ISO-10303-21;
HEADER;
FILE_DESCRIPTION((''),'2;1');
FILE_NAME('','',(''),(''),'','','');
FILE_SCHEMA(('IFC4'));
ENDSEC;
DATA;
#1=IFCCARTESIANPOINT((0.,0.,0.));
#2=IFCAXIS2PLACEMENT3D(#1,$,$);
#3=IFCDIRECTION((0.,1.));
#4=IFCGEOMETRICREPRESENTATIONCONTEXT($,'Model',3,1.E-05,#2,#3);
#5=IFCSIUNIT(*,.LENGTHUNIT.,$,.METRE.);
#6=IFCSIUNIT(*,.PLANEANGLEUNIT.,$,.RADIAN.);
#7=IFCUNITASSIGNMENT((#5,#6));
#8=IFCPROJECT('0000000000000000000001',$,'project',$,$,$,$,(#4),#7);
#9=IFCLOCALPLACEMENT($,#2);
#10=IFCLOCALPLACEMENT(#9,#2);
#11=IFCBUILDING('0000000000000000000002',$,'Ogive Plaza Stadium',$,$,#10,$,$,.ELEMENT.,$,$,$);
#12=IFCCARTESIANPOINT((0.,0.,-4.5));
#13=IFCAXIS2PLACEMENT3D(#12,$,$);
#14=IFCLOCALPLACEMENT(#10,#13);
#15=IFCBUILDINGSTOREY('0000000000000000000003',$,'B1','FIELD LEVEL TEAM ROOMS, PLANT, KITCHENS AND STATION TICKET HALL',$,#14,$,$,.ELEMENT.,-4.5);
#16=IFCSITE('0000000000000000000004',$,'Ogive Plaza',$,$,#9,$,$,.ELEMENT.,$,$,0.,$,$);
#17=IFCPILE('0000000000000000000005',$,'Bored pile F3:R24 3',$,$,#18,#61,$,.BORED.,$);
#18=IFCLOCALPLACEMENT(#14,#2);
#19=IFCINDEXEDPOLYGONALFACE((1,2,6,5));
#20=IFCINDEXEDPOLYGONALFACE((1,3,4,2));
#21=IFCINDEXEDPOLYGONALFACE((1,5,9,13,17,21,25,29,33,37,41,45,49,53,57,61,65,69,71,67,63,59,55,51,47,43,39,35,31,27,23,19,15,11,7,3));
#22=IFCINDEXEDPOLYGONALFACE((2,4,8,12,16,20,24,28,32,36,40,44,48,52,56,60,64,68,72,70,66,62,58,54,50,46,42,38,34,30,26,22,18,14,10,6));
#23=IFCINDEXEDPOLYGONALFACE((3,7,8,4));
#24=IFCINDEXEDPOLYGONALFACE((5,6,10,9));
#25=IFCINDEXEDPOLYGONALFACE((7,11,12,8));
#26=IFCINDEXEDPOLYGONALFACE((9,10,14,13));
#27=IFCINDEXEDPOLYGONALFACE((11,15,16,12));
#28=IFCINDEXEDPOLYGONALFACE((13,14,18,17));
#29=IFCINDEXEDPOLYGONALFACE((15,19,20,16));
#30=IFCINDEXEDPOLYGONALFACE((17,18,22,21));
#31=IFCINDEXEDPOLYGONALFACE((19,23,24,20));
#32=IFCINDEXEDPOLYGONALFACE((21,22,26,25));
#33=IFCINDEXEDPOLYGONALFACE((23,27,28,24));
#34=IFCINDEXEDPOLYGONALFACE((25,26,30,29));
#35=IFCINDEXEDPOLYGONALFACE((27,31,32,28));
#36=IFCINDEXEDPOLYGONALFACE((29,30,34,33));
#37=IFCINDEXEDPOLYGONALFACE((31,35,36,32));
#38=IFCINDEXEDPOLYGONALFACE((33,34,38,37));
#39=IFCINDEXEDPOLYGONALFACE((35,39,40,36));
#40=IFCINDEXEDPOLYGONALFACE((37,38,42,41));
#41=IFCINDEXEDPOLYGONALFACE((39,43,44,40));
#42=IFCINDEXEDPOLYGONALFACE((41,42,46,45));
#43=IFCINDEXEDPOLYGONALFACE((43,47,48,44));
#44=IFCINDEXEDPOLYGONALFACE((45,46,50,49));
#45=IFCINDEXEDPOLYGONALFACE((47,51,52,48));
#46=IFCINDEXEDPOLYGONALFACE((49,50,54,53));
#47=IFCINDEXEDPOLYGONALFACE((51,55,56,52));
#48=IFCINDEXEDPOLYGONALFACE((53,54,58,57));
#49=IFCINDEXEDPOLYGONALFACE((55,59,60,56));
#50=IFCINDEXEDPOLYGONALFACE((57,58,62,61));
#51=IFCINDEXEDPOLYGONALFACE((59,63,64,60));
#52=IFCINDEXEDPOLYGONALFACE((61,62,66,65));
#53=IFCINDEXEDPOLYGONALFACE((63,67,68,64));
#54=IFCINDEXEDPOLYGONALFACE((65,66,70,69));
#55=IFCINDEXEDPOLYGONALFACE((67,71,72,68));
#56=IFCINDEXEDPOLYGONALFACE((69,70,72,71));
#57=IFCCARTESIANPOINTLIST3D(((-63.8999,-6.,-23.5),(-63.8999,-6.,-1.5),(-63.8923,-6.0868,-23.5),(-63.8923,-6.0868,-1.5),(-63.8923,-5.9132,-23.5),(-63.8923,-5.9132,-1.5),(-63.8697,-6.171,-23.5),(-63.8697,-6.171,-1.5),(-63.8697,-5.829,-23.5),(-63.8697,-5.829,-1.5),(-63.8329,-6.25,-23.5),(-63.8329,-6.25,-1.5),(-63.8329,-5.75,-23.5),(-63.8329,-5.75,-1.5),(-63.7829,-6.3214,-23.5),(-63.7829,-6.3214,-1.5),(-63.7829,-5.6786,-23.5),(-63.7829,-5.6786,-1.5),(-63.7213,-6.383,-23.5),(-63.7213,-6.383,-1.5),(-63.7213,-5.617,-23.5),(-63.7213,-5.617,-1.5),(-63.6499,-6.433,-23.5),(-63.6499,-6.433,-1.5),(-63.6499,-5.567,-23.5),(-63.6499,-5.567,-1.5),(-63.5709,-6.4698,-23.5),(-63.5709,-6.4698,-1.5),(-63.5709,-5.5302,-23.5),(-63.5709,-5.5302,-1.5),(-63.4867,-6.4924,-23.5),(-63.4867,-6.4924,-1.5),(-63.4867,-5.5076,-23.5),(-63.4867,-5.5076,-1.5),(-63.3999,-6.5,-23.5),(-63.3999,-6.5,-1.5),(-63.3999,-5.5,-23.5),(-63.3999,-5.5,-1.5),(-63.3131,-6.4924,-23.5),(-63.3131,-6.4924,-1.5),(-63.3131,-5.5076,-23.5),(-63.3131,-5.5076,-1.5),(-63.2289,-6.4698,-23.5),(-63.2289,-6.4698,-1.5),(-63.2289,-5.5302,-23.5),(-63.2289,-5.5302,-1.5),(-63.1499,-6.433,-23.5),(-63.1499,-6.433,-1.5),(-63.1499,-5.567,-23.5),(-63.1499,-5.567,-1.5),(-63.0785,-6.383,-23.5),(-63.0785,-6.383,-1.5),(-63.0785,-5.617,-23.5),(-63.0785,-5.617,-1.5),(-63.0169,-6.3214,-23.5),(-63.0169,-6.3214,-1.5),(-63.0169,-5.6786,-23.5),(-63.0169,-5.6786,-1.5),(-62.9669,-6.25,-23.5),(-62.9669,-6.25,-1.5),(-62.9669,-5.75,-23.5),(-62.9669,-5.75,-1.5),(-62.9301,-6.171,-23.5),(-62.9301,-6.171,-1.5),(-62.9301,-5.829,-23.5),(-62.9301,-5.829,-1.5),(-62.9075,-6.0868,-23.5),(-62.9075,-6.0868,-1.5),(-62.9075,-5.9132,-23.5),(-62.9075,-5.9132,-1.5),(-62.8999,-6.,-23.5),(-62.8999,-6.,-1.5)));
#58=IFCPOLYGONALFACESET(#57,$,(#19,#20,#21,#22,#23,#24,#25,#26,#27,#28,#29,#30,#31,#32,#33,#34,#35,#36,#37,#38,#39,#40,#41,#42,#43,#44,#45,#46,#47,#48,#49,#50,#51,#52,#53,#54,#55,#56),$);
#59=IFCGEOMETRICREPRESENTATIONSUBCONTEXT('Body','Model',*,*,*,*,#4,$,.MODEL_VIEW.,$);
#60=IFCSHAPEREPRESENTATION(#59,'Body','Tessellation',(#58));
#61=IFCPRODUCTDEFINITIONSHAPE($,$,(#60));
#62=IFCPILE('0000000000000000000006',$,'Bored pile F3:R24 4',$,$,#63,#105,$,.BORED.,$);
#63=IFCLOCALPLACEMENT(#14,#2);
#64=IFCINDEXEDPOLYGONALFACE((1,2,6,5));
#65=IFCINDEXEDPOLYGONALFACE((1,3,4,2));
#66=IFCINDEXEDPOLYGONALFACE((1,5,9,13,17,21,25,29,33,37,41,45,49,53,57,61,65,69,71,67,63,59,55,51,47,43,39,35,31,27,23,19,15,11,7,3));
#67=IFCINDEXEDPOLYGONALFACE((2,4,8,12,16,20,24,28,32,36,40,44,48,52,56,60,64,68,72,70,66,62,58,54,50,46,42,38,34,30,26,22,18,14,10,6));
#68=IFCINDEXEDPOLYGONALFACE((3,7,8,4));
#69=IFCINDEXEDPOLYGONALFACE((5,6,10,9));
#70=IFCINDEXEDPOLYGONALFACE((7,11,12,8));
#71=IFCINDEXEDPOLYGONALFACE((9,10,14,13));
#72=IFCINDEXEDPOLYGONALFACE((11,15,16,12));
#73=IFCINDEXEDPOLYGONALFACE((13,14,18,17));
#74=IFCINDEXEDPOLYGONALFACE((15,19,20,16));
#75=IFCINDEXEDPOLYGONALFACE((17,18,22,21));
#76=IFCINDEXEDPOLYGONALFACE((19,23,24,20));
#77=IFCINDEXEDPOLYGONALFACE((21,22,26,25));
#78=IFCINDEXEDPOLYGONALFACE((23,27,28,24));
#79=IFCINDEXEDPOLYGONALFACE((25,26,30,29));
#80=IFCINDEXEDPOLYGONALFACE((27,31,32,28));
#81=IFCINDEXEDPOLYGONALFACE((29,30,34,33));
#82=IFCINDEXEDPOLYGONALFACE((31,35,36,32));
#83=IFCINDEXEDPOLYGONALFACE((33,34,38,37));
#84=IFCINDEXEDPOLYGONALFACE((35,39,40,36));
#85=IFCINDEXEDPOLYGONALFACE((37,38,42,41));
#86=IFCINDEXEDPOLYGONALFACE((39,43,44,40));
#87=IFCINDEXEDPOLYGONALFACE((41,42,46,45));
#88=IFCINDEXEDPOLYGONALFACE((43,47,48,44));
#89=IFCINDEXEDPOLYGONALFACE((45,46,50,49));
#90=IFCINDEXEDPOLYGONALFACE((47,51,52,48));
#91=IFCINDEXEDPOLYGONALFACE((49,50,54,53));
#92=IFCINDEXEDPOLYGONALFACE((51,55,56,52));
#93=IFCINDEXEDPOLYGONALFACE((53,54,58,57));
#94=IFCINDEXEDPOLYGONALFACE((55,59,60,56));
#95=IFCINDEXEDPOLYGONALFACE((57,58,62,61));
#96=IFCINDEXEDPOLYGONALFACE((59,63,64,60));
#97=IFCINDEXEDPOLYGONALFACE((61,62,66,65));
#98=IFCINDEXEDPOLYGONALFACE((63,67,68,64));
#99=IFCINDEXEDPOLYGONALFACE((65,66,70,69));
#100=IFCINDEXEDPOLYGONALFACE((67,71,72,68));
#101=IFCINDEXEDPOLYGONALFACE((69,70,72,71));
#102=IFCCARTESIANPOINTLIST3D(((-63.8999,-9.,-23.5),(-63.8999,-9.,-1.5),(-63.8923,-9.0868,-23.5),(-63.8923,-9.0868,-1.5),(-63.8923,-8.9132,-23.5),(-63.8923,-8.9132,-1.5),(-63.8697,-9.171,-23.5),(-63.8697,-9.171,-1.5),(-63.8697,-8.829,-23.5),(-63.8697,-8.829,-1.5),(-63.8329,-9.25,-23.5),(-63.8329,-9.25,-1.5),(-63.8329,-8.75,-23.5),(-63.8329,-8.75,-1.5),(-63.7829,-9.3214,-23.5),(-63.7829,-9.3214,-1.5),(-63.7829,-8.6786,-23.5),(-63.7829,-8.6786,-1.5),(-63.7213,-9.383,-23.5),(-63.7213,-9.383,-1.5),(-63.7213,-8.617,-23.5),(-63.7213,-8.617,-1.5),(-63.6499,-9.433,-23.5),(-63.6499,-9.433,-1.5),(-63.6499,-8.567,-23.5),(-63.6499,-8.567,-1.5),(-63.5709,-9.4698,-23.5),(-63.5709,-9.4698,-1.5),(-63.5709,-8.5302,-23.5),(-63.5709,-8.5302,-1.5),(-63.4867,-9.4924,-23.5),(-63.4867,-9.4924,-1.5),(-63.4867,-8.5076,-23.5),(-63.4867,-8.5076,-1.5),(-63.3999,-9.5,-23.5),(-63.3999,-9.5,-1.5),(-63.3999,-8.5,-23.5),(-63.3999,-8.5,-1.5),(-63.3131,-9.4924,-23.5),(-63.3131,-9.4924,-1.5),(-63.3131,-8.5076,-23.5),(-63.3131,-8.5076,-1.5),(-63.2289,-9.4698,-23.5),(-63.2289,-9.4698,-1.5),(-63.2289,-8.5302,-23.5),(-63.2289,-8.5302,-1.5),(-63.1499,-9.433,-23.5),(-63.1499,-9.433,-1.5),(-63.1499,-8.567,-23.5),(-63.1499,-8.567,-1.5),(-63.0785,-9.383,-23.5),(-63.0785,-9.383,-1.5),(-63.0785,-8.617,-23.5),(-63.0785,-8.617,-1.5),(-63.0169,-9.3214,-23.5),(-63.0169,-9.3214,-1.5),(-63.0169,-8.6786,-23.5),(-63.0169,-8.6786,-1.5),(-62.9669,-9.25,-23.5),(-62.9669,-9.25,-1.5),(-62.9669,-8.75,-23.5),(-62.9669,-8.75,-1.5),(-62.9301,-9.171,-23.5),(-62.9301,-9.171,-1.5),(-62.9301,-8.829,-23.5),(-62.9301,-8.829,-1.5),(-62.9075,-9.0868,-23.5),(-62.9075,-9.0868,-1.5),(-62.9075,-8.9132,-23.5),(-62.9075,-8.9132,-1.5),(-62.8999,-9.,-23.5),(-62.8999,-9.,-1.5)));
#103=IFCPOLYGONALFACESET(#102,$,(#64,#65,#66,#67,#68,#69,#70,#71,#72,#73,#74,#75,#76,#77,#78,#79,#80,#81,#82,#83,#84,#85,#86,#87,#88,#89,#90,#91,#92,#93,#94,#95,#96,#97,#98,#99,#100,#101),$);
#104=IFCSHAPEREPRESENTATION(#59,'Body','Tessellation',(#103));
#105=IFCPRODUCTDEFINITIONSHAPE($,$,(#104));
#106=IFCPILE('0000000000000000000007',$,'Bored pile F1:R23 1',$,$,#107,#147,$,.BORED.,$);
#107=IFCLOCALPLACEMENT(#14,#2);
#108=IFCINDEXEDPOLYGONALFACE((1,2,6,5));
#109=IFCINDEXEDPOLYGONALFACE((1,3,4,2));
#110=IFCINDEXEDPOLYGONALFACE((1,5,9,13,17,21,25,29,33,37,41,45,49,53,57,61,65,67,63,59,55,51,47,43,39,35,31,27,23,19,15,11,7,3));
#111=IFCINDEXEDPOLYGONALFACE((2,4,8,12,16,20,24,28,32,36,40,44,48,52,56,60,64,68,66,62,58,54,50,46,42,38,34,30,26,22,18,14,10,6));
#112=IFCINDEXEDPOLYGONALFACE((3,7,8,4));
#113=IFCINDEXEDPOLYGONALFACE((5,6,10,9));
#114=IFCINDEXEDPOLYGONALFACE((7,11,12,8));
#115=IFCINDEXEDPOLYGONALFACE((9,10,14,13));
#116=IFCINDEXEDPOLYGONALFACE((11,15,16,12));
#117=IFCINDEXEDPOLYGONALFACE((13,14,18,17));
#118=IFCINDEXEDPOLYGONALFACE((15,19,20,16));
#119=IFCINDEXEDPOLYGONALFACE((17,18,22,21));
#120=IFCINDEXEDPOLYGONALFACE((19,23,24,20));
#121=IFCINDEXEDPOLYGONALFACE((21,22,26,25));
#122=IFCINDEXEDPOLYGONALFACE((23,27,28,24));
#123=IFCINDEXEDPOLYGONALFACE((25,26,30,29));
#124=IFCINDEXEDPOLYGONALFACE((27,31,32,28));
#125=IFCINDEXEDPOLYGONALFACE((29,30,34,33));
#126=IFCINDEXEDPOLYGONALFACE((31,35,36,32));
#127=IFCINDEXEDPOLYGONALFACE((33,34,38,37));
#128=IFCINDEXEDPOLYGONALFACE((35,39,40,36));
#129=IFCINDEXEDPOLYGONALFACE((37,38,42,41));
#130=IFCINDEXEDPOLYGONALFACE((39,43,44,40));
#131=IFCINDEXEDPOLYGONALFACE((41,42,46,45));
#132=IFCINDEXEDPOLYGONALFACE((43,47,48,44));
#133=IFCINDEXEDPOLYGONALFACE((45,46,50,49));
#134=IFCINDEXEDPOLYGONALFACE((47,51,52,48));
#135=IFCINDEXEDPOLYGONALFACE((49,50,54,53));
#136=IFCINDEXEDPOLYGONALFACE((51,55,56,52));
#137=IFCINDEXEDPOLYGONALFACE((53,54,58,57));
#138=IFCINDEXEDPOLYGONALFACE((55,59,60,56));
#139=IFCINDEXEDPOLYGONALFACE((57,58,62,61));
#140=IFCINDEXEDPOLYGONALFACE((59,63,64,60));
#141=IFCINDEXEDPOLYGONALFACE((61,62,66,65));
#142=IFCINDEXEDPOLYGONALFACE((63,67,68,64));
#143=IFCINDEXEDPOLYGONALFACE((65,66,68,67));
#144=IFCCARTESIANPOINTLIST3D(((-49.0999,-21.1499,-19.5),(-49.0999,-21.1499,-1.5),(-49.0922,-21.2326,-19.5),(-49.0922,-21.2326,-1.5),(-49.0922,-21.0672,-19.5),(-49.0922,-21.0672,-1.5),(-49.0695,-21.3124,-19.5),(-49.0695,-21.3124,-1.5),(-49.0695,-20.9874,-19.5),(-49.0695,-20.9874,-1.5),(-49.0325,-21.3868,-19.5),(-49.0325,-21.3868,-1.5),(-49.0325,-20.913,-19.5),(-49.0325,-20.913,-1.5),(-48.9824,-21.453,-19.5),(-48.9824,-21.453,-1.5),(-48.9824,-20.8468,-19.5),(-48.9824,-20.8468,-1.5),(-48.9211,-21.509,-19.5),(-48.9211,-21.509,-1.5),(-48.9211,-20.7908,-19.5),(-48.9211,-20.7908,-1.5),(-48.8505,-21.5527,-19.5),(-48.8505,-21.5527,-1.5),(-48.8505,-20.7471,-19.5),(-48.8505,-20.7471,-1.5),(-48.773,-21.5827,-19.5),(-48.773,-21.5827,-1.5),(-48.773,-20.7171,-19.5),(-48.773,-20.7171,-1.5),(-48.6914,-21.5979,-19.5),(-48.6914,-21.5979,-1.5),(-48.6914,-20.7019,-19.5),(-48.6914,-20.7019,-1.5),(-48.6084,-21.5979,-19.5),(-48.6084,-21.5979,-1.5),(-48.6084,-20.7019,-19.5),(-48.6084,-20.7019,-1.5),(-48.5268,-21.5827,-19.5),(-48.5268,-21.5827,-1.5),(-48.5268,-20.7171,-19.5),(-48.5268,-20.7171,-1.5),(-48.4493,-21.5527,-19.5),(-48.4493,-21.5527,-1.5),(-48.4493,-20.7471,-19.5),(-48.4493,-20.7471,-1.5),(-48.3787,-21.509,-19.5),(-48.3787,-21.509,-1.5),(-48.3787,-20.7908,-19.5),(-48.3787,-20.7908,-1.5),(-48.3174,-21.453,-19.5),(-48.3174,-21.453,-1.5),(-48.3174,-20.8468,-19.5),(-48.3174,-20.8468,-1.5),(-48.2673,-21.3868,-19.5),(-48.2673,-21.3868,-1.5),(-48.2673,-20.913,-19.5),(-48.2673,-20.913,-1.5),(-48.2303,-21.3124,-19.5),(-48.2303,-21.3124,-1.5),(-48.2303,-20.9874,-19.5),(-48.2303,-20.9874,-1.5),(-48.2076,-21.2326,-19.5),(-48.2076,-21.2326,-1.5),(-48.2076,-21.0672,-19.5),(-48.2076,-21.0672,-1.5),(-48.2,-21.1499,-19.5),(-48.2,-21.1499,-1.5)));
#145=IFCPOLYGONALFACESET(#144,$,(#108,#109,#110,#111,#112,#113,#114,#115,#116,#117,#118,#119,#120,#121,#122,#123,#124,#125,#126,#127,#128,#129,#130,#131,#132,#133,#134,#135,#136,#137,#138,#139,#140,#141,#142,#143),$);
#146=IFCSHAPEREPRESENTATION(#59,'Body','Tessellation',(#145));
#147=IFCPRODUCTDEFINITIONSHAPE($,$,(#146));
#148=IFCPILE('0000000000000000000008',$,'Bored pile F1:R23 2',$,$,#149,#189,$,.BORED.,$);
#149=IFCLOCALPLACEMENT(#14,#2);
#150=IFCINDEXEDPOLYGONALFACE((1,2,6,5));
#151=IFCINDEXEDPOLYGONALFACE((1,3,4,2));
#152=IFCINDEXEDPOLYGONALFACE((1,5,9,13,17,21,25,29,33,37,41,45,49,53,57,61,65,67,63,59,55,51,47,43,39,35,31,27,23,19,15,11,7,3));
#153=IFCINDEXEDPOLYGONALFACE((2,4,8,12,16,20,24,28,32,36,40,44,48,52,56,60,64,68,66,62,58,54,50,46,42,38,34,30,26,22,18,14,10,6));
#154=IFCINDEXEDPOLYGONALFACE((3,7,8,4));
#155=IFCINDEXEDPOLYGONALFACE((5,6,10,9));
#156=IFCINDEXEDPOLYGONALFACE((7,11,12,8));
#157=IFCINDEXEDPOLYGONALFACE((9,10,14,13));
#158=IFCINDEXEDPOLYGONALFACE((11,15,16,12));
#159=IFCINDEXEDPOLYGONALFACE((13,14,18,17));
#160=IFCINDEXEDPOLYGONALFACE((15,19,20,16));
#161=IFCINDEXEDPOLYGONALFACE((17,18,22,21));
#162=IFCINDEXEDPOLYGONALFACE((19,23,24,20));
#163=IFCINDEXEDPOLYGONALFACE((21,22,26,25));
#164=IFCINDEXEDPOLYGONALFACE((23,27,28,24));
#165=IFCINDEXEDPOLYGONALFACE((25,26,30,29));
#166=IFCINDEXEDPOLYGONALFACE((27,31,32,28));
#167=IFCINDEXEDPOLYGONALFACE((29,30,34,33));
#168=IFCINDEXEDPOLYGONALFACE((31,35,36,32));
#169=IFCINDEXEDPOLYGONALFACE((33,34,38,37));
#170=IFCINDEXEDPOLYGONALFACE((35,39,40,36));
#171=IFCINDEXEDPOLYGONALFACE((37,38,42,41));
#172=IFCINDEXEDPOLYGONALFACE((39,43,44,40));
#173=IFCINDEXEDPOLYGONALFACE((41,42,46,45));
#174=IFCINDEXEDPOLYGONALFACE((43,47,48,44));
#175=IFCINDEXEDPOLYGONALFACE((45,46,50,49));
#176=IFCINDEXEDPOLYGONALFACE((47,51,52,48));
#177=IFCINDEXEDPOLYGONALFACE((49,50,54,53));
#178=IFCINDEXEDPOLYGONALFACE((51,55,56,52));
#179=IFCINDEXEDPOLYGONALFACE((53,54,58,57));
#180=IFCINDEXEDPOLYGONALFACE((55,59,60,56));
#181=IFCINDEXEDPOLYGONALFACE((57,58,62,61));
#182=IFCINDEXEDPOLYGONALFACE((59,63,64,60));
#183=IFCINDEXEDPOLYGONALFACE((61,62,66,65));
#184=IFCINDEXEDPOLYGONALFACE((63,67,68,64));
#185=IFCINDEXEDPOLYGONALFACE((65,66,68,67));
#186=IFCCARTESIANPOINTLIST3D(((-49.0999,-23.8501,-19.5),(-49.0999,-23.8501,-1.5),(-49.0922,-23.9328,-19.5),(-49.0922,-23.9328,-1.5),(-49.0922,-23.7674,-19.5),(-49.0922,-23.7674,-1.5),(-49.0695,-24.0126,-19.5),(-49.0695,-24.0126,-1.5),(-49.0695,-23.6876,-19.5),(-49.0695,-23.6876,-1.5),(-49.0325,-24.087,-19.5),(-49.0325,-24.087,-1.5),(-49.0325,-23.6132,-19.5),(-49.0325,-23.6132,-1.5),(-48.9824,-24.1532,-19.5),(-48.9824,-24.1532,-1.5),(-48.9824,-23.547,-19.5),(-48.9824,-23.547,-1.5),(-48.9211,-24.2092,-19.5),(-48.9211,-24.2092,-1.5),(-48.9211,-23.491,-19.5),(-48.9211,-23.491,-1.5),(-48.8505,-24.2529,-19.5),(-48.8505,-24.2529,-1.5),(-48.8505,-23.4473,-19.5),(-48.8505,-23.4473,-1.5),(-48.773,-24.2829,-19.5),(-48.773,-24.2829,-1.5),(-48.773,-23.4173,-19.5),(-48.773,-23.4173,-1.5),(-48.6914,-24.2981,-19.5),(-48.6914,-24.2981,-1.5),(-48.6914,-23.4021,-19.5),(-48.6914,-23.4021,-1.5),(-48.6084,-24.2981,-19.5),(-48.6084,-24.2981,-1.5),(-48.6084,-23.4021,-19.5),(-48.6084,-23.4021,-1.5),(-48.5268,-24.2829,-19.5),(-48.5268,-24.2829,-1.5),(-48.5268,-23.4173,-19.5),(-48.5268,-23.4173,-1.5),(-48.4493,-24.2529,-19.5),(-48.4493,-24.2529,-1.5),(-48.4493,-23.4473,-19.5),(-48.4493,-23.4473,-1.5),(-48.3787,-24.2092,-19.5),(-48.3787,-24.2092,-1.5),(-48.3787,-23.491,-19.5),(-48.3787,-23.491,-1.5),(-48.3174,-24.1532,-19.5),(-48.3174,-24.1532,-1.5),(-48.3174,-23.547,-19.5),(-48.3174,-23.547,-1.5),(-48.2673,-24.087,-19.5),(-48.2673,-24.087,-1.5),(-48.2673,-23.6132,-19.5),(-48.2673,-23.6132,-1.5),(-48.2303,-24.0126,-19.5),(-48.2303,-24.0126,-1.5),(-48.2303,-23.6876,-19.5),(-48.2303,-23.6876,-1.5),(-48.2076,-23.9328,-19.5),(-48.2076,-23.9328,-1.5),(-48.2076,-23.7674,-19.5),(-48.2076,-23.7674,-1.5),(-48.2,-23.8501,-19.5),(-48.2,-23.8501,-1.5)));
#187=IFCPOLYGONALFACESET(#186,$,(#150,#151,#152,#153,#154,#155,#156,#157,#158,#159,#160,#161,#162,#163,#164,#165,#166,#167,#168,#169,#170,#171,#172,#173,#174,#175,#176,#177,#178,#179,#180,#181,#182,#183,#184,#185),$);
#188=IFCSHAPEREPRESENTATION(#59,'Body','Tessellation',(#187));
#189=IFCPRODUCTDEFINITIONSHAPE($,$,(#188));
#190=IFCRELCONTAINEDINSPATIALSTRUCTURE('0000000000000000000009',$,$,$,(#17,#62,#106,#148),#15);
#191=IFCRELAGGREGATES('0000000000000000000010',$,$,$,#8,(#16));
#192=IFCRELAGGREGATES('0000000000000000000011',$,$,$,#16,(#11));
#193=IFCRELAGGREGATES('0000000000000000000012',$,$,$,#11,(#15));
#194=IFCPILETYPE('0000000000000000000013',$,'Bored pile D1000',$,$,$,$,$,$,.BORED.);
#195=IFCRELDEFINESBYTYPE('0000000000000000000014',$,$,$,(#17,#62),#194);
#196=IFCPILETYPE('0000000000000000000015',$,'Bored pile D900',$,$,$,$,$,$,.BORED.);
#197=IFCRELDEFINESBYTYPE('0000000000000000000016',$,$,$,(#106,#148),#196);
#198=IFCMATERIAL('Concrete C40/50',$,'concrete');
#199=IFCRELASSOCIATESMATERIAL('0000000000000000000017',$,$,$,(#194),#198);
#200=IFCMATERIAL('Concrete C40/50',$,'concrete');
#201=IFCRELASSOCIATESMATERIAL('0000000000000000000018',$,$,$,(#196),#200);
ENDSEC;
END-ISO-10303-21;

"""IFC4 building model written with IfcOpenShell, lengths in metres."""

from ifc_helpers import new_model, si_unit, direction, frame, origin, origin_2d, place, context, subcontext, project, spatial, circle, extrude, material, material_profile, profile_set, type_object, element, save


model = new_model("IFC4")

# Units and contexts
model_context = context("Model", 3, precision=1e-05, world=origin(), true_north=direction((0.0, 1.0)))
body_context = subcontext(model_context, "Body", "Model", "MODEL_VIEW")
ifc_project = project(units=[si_unit("LENGTHUNIT", "METRE"), si_unit("PLANEANGLEUNIT", "RADIAN")], contexts=[model_context])

# Site, building, storey
site_placement = place(None, origin())
site = spatial("IfcSite", under=ifc_project, at=site_placement, Name="Ogive Plaza", CompositionType="ELEMENT", RefElevation=0.0)
building_placement = place(site_placement, origin())
building = spatial("IfcBuilding", under=site, at=building_placement, Name="Ogive Plaza Stadium", CompositionType="ELEMENT")
storey_placement = place(building_placement, frame((0.0, 0.0, -4.5)))
storey = spatial("IfcBuildingStorey", under=building, at=storey_placement, Name="B1", Description="FIELD LEVEL TEAM ROOMS, PLANT, KITCHENS AND STATION TICKET HALL", CompositionType="ELEMENT", Elevation=-4.5)

# Piles
ifc_material_1 = material(Name="Concrete C40/50", Category="concrete")
ifc_material_profile_1 = material_profile(ifc_material_1, circle(Radius=0.5, at=origin_2d()), Name="RC D1000")
ifc_profile_set_1 = profile_set([ifc_material_profile_1], Name="Concrete C40/50")
pile_type_1 = type_object("IfcPileType", Name="Bored pile D1000", PredefinedType="BORED", material=ifc_profile_set_1)
for number, where, z_axis, x_axis, name in (
    (1, (-63.3999, -6.0, -1.5), (0.0, 0.0, -1.0), (1.0, 0.0, 0.0), "Bored pile F3:R24 3"),
    (2, (-63.3999, -9.0, -1.5), (0.0, 0.0, -1.0), (1.0, 0.0, 0.0), "Bored pile F3:R24 4"),
):
    element("IfcPile", number, at=place(storey_placement, frame(where, z_axis=z_axis, x_axis=x_axis)), inside=storey, type_object=pile_type_1, Name=name, PredefinedType="BORED", context=body_context, shape_type="SweptSolid", body=[
        extrude(circle(Radius=0.5, at=origin_2d()), origin(), (0.0, 0.0, 1.0), 22.0),
    ])
ifc_material_2 = material(Name="Concrete C40/50", Category="concrete")
ifc_material_profile_2 = material_profile(ifc_material_2, circle(Radius=0.45, at=origin_2d()), Name="RC D900")
ifc_profile_set_2 = profile_set([ifc_material_profile_2], Name="Concrete C40/50")
pile_type_2 = type_object("IfcPileType", Name="Bored pile D900", PredefinedType="BORED", material=ifc_profile_set_2)
for number, where, z_axis, x_axis, name in (
    (3, (-48.6499, -21.1499, -1.5), (0.0, 0.0, -1.0), (1.0, 0.0, 0.0), "Bored pile F1:R23 1"),
    (4, (-48.6499, -23.8501, -1.5), (0.0, 0.0, -1.0), (1.0, 0.0, 0.0), "Bored pile F1:R23 2"),
):
    element("IfcPile", number, at=place(storey_placement, frame(where, z_axis=z_axis, x_axis=x_axis)), inside=storey, type_object=pile_type_2, Name=name, PredefinedType="BORED", context=body_context, shape_type="SweptSolid", body=[
        extrude(circle(Radius=0.45, at=origin_2d()), origin(), (0.0, 0.0, 1.0), 18.0),
    ])

save(model, "model.ifc")
